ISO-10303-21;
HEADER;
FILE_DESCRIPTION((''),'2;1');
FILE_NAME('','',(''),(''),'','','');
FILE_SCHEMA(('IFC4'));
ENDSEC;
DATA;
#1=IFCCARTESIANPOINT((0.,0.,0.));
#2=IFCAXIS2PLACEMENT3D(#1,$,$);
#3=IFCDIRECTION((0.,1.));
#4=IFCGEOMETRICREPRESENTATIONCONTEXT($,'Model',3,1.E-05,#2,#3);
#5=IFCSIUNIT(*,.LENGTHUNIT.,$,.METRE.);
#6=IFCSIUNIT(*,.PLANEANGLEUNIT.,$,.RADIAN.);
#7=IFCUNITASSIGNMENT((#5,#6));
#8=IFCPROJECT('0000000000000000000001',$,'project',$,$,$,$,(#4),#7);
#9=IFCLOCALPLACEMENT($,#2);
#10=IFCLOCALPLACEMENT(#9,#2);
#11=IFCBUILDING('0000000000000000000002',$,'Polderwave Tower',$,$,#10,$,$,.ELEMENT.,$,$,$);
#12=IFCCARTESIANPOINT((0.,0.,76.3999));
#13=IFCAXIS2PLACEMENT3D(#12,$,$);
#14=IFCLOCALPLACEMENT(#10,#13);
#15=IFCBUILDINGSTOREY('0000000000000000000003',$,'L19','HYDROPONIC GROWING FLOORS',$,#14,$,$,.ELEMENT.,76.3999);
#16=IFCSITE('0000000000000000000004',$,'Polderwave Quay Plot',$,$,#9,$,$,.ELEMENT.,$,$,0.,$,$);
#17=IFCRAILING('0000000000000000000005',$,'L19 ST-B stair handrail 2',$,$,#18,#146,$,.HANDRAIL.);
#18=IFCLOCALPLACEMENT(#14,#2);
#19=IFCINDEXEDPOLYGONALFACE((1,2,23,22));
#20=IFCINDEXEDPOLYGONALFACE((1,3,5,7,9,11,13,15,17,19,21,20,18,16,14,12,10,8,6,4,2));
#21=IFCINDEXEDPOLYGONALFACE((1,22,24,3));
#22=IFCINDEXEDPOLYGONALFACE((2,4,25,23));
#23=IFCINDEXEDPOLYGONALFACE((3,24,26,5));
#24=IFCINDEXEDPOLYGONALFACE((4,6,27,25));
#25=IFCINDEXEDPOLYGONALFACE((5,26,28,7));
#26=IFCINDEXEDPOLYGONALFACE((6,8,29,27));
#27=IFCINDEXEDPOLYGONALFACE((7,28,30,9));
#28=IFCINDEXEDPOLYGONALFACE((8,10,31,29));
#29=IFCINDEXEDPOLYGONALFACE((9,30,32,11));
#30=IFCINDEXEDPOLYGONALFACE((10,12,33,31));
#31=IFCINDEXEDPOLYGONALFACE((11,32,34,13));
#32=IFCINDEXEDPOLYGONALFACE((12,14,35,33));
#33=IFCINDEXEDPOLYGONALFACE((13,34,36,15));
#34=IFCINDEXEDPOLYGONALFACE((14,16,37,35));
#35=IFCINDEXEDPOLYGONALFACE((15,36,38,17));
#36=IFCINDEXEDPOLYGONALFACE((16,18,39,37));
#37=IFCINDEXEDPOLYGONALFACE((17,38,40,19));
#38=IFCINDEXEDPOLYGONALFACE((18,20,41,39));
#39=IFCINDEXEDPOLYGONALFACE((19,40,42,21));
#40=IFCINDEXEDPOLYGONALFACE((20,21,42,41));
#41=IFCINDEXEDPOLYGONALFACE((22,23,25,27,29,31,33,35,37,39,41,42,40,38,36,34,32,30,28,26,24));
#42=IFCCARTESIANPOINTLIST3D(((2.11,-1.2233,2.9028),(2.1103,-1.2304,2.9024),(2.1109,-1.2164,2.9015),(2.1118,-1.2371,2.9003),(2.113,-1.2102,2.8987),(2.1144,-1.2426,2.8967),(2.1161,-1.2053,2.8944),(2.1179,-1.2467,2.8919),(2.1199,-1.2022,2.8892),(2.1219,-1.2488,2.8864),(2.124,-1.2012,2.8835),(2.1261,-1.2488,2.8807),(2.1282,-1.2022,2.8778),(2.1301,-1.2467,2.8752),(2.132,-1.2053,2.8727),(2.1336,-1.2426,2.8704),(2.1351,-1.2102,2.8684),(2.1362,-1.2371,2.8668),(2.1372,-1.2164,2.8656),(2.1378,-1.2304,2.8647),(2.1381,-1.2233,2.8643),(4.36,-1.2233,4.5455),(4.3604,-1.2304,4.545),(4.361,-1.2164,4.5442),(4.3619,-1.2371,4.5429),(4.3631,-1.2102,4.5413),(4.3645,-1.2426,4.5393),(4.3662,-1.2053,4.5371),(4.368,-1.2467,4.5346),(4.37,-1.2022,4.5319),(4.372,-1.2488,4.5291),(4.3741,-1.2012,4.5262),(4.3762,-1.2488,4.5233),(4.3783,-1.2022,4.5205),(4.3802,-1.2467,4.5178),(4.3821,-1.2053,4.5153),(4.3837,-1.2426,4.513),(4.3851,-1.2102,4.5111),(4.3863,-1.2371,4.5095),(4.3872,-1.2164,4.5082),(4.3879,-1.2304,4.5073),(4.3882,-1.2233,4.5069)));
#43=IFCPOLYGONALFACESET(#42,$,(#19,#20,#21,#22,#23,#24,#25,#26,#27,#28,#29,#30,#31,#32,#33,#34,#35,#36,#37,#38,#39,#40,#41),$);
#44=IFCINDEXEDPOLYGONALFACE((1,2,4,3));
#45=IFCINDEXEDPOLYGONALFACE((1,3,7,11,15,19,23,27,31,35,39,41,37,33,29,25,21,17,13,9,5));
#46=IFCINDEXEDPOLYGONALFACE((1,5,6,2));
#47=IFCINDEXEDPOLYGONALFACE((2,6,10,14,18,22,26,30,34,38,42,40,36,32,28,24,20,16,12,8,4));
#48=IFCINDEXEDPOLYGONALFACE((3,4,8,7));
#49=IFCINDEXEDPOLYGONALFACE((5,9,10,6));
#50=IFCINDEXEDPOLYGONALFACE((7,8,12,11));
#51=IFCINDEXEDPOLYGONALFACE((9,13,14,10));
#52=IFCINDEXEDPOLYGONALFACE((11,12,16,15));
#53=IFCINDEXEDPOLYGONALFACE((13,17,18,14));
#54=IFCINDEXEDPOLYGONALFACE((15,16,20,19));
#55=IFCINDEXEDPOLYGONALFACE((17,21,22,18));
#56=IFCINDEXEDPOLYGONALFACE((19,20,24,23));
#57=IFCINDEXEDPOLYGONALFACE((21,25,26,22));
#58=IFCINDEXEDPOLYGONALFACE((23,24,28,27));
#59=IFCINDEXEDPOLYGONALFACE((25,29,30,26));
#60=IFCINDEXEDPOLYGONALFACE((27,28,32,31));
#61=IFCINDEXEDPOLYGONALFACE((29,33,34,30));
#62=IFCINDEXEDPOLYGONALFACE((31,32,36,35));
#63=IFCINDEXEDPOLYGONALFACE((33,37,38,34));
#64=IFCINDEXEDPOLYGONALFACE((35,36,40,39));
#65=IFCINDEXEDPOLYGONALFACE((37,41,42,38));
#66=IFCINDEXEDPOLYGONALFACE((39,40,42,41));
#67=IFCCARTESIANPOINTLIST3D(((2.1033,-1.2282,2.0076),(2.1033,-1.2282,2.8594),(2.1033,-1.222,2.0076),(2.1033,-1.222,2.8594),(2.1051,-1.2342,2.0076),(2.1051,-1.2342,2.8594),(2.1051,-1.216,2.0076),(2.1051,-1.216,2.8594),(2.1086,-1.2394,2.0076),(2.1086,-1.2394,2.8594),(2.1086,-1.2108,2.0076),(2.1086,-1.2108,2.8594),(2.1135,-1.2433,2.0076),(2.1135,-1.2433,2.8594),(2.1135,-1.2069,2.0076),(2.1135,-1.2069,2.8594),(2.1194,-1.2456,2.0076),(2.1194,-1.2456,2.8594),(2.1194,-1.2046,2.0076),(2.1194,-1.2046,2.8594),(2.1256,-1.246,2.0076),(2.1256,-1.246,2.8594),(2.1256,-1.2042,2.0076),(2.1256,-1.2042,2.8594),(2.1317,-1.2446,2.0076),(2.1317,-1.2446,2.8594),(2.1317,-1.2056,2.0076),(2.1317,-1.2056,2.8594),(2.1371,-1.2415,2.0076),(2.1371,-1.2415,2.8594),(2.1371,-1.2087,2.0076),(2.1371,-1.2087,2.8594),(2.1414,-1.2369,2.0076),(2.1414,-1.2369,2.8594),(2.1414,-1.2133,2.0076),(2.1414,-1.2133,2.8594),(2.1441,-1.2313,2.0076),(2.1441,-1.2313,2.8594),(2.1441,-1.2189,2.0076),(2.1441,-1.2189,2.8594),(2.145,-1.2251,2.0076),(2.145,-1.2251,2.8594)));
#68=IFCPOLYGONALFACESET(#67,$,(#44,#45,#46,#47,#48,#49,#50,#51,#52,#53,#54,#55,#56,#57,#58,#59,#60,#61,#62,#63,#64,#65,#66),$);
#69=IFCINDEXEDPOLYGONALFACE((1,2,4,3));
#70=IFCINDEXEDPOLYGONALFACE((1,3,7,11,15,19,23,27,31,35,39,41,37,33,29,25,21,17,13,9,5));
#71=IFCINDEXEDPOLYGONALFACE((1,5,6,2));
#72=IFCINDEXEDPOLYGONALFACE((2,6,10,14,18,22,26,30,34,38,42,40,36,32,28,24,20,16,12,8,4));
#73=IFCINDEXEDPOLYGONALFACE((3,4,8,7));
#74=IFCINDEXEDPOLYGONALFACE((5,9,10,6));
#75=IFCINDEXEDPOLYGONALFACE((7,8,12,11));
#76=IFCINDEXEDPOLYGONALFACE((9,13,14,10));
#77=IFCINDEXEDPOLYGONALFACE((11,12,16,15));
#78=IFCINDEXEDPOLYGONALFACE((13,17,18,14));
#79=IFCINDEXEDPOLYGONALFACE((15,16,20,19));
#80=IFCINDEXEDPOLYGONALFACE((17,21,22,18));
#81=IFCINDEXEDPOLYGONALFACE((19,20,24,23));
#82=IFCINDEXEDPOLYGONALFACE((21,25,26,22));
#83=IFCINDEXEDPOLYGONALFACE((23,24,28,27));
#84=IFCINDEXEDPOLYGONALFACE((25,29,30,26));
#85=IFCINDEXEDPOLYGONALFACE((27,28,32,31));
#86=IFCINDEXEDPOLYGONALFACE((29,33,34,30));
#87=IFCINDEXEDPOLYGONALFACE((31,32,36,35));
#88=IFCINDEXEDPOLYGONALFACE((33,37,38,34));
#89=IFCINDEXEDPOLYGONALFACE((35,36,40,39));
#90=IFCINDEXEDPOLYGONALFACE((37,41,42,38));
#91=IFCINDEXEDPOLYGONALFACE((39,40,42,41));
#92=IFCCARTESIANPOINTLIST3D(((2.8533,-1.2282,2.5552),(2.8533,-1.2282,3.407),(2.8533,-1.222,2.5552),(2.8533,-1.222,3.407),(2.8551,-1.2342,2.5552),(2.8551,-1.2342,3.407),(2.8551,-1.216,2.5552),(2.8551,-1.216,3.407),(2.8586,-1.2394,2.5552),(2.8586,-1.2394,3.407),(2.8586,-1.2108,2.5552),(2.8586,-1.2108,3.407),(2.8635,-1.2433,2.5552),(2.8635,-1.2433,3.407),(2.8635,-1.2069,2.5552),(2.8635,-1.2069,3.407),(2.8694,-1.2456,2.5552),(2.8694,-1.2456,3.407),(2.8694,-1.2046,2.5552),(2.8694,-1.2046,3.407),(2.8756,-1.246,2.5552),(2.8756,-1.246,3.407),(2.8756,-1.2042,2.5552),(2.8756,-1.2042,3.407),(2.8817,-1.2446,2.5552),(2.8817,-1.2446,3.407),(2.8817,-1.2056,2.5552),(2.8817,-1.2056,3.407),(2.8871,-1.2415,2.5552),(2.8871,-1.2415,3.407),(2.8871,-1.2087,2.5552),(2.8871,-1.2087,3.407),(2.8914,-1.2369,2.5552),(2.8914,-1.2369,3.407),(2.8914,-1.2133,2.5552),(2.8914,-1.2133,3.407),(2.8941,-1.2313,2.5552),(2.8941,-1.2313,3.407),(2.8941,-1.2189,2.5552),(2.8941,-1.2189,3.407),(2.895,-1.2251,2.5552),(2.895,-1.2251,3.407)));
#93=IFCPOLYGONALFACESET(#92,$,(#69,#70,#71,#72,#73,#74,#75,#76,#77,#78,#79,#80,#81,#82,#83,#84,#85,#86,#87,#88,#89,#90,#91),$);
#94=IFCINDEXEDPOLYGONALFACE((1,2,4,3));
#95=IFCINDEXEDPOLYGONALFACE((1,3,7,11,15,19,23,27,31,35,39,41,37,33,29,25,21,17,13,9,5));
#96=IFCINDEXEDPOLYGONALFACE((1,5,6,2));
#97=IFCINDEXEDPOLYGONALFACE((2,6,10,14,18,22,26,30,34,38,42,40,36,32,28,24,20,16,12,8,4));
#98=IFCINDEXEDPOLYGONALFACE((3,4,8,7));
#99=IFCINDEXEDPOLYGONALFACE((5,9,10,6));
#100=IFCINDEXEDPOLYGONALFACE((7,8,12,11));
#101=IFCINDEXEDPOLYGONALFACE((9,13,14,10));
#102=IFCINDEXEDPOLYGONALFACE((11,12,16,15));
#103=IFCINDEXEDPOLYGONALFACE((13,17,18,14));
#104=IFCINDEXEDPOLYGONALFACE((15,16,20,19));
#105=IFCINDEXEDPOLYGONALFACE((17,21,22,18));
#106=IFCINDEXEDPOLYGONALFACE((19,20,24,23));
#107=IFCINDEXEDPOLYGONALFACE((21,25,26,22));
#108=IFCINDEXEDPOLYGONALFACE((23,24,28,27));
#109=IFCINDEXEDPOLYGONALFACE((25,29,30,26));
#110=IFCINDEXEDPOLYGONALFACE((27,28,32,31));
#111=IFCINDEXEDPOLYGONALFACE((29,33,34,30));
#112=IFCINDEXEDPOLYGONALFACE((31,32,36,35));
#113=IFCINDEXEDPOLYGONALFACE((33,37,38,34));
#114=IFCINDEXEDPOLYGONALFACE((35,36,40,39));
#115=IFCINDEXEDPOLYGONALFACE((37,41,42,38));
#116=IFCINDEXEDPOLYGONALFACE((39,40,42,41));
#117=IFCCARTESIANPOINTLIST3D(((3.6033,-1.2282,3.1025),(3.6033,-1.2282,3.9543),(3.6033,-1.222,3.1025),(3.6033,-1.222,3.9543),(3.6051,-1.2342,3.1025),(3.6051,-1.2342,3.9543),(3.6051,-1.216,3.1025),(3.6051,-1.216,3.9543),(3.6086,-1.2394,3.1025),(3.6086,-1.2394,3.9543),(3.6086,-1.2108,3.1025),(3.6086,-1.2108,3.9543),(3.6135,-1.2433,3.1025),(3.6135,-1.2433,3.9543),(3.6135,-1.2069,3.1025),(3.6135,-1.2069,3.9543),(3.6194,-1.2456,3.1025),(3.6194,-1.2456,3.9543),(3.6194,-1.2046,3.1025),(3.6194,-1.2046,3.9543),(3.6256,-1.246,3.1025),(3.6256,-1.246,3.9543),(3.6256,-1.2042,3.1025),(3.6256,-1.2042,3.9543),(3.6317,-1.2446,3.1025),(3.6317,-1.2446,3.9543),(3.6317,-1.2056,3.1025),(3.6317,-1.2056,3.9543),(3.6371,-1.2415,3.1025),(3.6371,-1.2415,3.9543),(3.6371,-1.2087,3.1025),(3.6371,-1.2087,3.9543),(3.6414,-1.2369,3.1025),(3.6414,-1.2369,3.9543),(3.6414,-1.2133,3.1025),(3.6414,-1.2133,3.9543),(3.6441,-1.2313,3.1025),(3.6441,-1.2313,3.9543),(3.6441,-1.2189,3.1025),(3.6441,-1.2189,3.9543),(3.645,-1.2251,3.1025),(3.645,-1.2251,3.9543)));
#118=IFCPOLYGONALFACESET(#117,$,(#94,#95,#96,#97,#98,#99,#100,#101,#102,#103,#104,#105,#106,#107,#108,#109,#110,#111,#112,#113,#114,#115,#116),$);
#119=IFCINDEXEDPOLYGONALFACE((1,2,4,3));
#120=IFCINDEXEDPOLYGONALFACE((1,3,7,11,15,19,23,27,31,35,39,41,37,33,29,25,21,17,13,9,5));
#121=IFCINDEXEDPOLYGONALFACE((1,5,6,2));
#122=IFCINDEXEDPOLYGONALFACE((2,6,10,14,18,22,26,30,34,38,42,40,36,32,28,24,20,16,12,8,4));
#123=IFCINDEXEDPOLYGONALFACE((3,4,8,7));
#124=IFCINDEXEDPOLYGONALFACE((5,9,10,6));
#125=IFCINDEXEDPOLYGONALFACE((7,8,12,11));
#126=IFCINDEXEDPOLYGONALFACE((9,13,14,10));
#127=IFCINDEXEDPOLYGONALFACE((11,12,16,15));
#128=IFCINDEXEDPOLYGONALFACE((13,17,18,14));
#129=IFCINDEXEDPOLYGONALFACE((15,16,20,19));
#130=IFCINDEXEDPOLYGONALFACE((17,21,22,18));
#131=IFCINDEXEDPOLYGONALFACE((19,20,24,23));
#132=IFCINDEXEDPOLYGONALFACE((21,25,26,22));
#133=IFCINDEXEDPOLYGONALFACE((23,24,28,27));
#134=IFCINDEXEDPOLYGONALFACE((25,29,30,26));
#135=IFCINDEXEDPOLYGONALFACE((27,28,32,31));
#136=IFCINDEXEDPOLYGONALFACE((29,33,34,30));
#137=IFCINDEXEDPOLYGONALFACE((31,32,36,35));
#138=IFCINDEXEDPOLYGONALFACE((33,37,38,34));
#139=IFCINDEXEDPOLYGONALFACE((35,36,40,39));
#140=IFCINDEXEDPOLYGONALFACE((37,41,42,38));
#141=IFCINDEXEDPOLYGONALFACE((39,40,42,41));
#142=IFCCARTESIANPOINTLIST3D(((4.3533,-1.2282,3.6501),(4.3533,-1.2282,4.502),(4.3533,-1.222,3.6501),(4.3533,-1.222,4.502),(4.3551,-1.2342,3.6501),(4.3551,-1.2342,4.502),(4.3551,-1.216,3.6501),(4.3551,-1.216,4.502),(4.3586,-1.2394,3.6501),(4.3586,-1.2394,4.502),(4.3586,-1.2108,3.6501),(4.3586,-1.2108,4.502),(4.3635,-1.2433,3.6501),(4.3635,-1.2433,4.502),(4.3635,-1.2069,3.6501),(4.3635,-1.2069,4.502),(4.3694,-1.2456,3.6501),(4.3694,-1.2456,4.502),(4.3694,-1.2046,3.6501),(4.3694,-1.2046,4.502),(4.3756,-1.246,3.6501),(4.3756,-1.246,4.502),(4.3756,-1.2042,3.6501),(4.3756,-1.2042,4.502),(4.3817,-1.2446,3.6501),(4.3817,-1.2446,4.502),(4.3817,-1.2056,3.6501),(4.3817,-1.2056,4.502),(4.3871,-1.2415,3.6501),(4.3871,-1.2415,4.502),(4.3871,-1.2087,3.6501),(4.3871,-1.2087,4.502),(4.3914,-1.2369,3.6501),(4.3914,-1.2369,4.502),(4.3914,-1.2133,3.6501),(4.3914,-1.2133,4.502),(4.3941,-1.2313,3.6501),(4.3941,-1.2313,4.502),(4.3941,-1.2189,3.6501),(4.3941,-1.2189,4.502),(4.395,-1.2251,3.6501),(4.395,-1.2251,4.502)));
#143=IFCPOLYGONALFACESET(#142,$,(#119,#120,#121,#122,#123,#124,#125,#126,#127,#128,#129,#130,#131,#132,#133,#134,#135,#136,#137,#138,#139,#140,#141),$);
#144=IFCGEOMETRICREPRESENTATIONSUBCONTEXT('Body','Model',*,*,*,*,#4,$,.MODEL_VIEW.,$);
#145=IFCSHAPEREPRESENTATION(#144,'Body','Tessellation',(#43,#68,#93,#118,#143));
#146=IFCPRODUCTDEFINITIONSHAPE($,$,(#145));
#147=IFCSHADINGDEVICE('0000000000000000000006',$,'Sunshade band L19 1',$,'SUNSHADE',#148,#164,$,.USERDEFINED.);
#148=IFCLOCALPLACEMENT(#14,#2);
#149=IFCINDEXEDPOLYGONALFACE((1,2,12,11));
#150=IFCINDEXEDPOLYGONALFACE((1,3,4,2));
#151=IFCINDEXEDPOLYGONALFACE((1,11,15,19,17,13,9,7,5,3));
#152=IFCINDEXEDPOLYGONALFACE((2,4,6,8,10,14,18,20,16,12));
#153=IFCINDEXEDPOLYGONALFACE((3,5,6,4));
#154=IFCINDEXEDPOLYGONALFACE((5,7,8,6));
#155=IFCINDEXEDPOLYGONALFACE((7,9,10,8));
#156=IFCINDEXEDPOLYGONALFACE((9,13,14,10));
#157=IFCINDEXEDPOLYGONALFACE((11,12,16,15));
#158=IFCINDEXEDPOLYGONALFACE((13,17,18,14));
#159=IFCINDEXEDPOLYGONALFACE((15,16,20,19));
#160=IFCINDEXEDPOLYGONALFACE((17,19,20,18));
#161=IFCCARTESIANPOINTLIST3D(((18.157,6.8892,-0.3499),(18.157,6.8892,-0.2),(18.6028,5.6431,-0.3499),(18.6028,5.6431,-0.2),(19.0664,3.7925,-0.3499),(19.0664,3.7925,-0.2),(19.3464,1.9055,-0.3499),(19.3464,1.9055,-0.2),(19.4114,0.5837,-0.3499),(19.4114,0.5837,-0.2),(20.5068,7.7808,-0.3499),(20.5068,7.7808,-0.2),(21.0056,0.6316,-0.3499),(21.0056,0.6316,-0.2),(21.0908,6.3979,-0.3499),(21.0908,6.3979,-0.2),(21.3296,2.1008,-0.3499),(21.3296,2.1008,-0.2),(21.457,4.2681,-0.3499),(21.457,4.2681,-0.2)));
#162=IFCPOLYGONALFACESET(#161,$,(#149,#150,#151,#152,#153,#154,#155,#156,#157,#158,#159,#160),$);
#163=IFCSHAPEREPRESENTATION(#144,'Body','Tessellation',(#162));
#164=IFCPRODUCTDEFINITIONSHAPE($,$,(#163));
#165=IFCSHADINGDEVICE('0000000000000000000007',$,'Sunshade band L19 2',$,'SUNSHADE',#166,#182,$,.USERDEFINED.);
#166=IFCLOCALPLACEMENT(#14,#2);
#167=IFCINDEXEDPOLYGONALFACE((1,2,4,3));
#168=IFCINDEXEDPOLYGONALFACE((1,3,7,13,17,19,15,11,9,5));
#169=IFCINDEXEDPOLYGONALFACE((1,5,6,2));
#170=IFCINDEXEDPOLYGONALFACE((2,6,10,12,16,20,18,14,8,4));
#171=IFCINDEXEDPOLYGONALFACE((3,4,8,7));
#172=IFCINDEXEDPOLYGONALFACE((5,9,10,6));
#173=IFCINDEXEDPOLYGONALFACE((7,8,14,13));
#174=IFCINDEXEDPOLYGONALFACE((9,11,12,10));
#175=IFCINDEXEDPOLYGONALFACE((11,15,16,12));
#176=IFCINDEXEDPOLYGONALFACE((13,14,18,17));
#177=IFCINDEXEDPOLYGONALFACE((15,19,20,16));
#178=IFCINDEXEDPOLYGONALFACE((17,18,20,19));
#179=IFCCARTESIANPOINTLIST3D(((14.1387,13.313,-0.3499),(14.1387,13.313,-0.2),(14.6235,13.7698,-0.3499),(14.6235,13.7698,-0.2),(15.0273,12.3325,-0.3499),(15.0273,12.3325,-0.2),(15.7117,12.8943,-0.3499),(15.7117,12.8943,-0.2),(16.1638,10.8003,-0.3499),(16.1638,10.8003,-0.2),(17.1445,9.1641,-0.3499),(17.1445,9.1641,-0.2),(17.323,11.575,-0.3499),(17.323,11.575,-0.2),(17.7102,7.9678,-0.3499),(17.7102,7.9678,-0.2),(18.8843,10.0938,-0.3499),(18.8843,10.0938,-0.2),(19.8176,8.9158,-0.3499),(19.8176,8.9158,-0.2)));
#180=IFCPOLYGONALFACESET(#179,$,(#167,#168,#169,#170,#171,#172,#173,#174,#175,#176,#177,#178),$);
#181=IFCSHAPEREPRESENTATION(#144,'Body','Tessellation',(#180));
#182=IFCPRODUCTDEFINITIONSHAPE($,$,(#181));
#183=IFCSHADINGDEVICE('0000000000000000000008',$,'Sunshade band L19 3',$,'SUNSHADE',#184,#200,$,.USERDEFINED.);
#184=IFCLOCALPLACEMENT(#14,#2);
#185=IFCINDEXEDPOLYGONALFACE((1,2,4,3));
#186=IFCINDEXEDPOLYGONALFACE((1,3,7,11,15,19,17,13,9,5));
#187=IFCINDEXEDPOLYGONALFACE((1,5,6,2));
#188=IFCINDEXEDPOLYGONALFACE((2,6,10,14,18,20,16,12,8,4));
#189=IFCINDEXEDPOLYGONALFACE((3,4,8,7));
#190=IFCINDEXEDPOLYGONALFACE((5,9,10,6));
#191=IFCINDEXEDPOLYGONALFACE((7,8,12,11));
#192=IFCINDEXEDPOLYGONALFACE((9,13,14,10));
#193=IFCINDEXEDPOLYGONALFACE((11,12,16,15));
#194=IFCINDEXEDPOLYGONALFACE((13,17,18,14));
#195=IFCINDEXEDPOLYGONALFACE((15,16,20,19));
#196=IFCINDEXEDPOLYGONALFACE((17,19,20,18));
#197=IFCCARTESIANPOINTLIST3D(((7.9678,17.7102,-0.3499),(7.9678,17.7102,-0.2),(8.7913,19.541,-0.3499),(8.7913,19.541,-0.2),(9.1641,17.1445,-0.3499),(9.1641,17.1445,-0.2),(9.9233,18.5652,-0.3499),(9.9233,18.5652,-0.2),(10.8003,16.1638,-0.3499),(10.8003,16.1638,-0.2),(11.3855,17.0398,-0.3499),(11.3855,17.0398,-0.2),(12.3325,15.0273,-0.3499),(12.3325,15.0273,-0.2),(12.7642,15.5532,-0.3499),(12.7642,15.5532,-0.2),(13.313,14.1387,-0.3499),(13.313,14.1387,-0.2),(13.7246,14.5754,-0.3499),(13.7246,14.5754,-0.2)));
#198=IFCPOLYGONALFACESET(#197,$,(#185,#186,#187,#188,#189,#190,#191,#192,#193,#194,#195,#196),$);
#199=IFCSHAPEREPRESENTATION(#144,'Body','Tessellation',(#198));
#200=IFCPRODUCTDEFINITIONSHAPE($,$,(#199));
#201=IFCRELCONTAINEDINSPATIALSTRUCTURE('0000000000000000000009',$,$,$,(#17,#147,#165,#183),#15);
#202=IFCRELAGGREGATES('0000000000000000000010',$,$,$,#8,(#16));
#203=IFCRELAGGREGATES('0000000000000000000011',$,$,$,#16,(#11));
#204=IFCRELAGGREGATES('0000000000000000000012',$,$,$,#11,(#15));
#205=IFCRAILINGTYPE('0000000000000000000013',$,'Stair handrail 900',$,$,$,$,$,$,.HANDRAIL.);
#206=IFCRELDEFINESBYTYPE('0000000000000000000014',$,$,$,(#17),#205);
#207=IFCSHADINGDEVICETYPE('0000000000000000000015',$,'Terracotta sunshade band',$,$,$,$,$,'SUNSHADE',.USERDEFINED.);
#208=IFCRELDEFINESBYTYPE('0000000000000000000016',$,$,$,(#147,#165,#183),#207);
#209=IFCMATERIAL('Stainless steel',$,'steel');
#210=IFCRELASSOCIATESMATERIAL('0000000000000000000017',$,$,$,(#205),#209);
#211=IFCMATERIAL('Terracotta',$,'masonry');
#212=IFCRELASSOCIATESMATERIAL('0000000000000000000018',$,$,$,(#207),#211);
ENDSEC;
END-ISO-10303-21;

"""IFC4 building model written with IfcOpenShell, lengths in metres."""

from ifc_helpers import new_model, si_unit, direction, frame, origin, origin_2d, place, context, subcontext, project, spatial, polyline, circle, outline, extrude, material, type_object, element, save


model = new_model("IFC4")

# Units and contexts
model_context = context("Model", 3, precision=1e-05, world=origin(), true_north=direction((0.0, 1.0)))
body_context = subcontext(model_context, "Body", "Model", "MODEL_VIEW")
ifc_project = project(units=[si_unit("LENGTHUNIT", "METRE"), si_unit("PLANEANGLEUNIT", "RADIAN")], contexts=[model_context])

# Site, building, storey
site_placement = place(None, origin())
site = spatial("IfcSite", under=ifc_project, at=site_placement, Name="Polderwave Quay Plot", CompositionType="ELEMENT", RefElevation=0.0)
building_placement = place(site_placement, origin())
building = spatial("IfcBuilding", under=site, at=building_placement, Name="Polderwave Tower", CompositionType="ELEMENT")
storey_placement = place(building_placement, frame((0.0, 0.0, 76.3999)))
storey = spatial("IfcBuildingStorey", under=building, at=storey_placement, Name="L19", Description="HYDROPONIC GROWING FLOORS", CompositionType="ELEMENT", Elevation=76.3999)

# Railing
ifc_material_1 = material(Name="Stainless steel", Category="steel")
railing_type_1 = type_object("IfcRailingType", Name="Stair handrail 900", PredefinedType="HANDRAIL", material=ifc_material_1)
railing_1_placement = place(storey_placement, frame((2.124, -1.2251, 2.0076)))
element("IfcRailing", 1, at=railing_1_placement, inside=storey, type_object=railing_type_1, Name="L19 ST-B stair handrail 2", PredefinedType="HANDRAIL", context=body_context, shape_type="SweptSolid", body=[
    extrude(circle(Radius=0.0239, at=origin_2d()), frame((0.0, 0.0, 0.876), z_axis=(0.807674, 0.0, 0.58963), x_axis=(0.0, 1.0, 0.0)), (0.0, 0.0, 1.0), 2.7859),
    extrude(circle(Radius=0.021, at=origin_2d()), origin(), (0.0, 0.0, 1.0), 0.8518),
    extrude(circle(Radius=0.021, at=origin_2d()), frame((0.75, 0.0, 0.5476)), (0.0, 0.0, 1.0), 0.8518),
    extrude(circle(Radius=0.021, at=origin_2d()), frame((1.5, 0.0, 1.095)), (0.0, 0.0, 1.0), 0.8518),
    extrude(circle(Radius=0.021, at=origin_2d()), frame((2.25, 0.0, 1.6426)), (0.0, 0.0, 1.0), 0.8518),
])

# Shading devices
ifc_material_2 = material(Name="Terracotta", Category="masonry")
shading_device_type = type_object("IfcShadingDeviceType", Name="Terracotta sunshade band", ElementType="SUNSHADE", PredefinedType="USERDEFINED", material=ifc_material_2)
shading_device_1_placement = place(storey_placement, frame((0.0, 0.0, -0.3499)))
element("IfcShadingDevice", 2, at=shading_device_1_placement, inside=storey, type_object=shading_device_type, Name="Sunshade band L19 1", ObjectType="SUNSHADE", PredefinedType="USERDEFINED", context=body_context, shape_type="SweptSolid", body=[
    extrude(outline(polyline([(19.4114, 0.5837), (19.3464, 1.9055), (19.0664, 3.7925), (18.6028, 5.6431), (18.157, 6.8892), (20.5068, 7.7808), (21.0908, 6.3979), (21.457, 4.2681), (21.3296, 2.1008), (21.0056, 0.6316), (19.4114, 0.5837)])), origin(), (0.0, 0.0, 1.0), 0.1499),
])
shading_device_2_placement = place(storey_placement, frame((0.0, 0.0, -0.3499)))
element("IfcShadingDevice", 3, at=shading_device_2_placement, inside=storey, type_object=shading_device_type, Name="Sunshade band L19 2", ObjectType="SUNSHADE", PredefinedType="USERDEFINED", context=body_context, shape_type="SweptSolid", body=[
    extrude(outline(polyline([(17.7102, 7.9678), (17.1445, 9.1641), (16.1638, 10.8003), (15.0273, 12.3325), (14.1387, 13.313), (14.6235, 13.7698), (15.7117, 12.8943), (17.323, 11.575), (18.8843, 10.0938), (19.8176, 8.9158), (17.7102, 7.9678)])), origin(), (0.0, 0.0, 1.0), 0.1499),
])
shading_device_3_placement = place(storey_placement, frame((0.0, 0.0, -0.3499)))
element("IfcShadingDevice", 4, at=shading_device_3_placement, inside=storey, type_object=shading_device_type, Name="Sunshade band L19 3", ObjectType="SUNSHADE", PredefinedType="USERDEFINED", context=body_context, shape_type="SweptSolid", body=[
    extrude(outline(polyline([(13.313, 14.1387), (12.3325, 15.0273), (10.8003, 16.1638), (9.1641, 17.1445), (7.9678, 17.7102), (8.7913, 19.541), (9.9233, 18.5652), (11.3855, 17.0398), (12.7642, 15.5532), (13.7246, 14.5754), (13.313, 14.1387)])), origin(), (0.0, 0.0, 1.0), 0.1499),
])

save(model, "model.ifc")
